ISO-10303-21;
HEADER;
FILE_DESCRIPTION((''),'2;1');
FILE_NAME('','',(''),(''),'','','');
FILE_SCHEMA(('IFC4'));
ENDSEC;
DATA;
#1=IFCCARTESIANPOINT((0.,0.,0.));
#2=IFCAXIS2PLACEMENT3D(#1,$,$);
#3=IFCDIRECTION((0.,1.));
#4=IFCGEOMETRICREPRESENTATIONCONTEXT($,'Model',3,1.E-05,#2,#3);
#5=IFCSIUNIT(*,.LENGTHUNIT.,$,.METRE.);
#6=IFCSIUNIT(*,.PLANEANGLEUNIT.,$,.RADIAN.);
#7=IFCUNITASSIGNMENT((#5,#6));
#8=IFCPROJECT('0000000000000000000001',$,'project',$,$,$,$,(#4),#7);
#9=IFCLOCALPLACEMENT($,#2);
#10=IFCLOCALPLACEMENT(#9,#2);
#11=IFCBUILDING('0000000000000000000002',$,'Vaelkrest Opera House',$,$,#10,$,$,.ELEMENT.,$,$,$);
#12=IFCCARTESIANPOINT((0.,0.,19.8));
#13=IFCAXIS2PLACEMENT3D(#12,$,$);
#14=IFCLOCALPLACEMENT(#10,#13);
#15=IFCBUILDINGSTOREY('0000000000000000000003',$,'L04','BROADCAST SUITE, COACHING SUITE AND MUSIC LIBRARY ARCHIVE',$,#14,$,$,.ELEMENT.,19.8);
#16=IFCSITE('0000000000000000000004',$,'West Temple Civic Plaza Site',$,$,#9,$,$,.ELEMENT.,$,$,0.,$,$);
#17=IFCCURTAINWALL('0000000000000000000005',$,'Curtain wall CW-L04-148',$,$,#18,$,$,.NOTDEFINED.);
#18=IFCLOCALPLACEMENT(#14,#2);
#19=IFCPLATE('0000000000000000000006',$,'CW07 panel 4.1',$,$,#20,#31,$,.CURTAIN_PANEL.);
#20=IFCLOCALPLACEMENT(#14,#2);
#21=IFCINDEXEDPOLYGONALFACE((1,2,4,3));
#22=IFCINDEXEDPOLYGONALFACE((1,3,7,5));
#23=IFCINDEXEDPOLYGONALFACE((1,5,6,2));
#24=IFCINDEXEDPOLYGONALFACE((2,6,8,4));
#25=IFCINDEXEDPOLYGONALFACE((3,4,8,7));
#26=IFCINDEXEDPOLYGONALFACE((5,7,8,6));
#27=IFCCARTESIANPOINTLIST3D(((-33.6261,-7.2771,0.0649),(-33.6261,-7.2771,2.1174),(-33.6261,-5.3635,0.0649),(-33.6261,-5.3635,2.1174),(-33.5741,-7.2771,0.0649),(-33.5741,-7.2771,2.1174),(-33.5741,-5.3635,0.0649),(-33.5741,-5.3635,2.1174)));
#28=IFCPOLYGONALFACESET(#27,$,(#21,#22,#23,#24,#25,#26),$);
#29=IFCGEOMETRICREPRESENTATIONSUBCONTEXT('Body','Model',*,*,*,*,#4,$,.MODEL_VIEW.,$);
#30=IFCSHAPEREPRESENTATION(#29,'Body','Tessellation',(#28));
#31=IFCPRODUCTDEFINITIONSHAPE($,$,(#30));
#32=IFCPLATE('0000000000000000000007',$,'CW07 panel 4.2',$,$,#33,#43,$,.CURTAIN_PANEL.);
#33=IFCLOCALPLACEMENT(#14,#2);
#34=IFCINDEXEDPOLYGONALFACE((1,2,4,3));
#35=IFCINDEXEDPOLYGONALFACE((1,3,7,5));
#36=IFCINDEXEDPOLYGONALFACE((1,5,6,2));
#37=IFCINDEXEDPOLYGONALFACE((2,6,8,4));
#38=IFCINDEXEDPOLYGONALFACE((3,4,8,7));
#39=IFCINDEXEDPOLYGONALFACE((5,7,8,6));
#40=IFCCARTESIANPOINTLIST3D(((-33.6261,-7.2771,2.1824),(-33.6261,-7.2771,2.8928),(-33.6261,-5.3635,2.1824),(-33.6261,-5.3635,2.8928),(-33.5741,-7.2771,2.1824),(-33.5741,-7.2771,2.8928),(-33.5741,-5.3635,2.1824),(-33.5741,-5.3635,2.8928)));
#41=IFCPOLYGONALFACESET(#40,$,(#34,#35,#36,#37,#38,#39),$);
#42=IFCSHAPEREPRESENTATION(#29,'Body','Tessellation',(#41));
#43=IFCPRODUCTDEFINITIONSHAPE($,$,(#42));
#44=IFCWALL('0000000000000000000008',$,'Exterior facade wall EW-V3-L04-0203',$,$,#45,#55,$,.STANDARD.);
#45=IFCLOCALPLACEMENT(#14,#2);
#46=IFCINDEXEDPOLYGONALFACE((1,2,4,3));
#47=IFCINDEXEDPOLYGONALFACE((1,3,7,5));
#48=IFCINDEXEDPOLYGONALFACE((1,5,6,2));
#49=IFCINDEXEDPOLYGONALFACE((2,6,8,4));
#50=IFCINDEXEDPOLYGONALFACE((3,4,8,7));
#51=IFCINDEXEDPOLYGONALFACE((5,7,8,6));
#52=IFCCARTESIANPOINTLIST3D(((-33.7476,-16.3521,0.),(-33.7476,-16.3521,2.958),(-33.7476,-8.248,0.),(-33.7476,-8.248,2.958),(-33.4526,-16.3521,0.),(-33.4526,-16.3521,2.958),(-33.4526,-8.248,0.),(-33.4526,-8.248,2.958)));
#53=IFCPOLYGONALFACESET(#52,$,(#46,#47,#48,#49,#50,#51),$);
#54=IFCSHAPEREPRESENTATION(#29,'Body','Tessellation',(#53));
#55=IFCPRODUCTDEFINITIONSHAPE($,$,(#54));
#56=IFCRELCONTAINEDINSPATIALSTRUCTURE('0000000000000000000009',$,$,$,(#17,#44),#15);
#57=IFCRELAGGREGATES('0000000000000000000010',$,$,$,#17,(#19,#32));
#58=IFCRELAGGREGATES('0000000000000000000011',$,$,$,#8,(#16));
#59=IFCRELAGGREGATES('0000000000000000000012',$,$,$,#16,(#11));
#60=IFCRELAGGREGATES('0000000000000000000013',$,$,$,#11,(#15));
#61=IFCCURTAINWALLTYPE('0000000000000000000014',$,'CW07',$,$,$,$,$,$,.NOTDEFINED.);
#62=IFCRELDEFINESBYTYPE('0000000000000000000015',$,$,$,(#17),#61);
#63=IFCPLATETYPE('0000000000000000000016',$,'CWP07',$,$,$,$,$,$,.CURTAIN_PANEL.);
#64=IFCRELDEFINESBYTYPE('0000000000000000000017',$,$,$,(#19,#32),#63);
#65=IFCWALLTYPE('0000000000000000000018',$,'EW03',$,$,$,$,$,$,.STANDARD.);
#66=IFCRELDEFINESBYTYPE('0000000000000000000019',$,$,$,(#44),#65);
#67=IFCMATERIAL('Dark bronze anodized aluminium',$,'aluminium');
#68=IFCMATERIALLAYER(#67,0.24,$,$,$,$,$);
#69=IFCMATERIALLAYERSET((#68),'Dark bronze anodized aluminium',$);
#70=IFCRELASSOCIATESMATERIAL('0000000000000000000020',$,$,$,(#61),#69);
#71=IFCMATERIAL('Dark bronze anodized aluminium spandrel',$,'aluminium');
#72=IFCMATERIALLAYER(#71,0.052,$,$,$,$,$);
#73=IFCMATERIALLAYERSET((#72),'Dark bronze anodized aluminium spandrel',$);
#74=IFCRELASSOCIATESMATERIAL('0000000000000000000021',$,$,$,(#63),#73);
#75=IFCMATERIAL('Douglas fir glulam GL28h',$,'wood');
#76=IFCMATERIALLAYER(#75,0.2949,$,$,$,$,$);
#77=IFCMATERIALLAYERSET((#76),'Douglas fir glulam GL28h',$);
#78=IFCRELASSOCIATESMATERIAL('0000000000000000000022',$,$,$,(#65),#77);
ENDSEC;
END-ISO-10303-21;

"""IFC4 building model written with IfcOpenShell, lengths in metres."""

from ifc_helpers import new_model, si_unit, direction, frame, frame_2d, origin, origin_2d, place, context, subcontext, project, spatial, rectangle, extrude, material, layer, layer_set, type_object, element, aggregate, save


model = new_model("IFC4")

# Units and contexts
model_context = context("Model", 3, precision=1e-05, world=origin(), true_north=direction((0.0, 1.0)))
body_context = subcontext(model_context, "Body", "Model", "MODEL_VIEW")
ifc_project = project(units=[si_unit("LENGTHUNIT", "METRE"), si_unit("PLANEANGLEUNIT", "RADIAN")], contexts=[model_context])

# Site, building, storey
site_placement = place(None, origin())
site = spatial("IfcSite", under=ifc_project, at=site_placement, Name="West Temple Civic Plaza Site", CompositionType="ELEMENT", RefElevation=0.0)
building_placement = place(site_placement, origin())
building = spatial("IfcBuilding", under=site, at=building_placement, Name="Vaelkrest Opera House", CompositionType="ELEMENT")
storey_placement = place(building_placement, frame((0.0, 0.0, 19.8)))
storey = spatial("IfcBuildingStorey", under=building, at=storey_placement, Name="L04", Description="BROADCAST SUITE, COACHING SUITE AND MUSIC LIBRARY ARCHIVE", CompositionType="ELEMENT", Elevation=19.8)

# Curtain wall
ifc_material_1 = material(Name="Dark bronze anodized aluminium", Category="aluminium")
ifc_layer_1 = layer(ifc_material_1, 0.24)
ifc_layer_set_1 = layer_set([ifc_layer_1], Name="Dark bronze anodized aluminium")
curtain_wall_type_1 = type_object("IfcCurtainWallType", Name="CW07", PredefinedType="NOTDEFINED", material=ifc_layer_set_1)
curtain_wall_1_placement = place(storey_placement, origin())
curtain_wall_1 = element("IfcCurtainWall", 1, at=curtain_wall_1_placement, inside=storey, type_object=curtain_wall_type_1, Name="Curtain wall CW-L04-148", PredefinedType="NOTDEFINED")

# Plates
ifc_material_2 = material(Name="Dark bronze anodized aluminium spandrel", Category="aluminium")
ifc_layer_2 = layer(ifc_material_2, 0.052)
ifc_layer_set_2 = layer_set([ifc_layer_2], Name="Dark bronze anodized aluminium spandrel")
plate_type_1 = type_object("IfcPlateType", Name="CWP07", PredefinedType="CURTAIN_PANEL", material=ifc_layer_set_2)
plate_1_placement = place(storey_placement, frame((-33.6001, -6.3203, 0.0649), z_axis=(0.0, 0.0, 1.0), x_axis=(0.0, -1.0, 0.0)))
plate_1 = element("IfcPlate", 2, at=plate_1_placement, type_object=plate_type_1, Name="CW07 panel 4.1", PredefinedType="CURTAIN_PANEL", context=body_context, shape_type="SweptSolid", body=[
    extrude(rectangle(XDim=1.9136, YDim=0.052, at=origin_2d()), origin(), (0.0, 0.0, 1.0), 2.0525),
])
plate_2_placement = place(storey_placement, frame((-33.6001, -6.3203, 2.1824), z_axis=(0.0, 0.0, 1.0), x_axis=(0.0, -1.0, 0.0)))
plate_2 = element("IfcPlate", 3, at=plate_2_placement, type_object=plate_type_1, Name="CW07 panel 4.2", PredefinedType="CURTAIN_PANEL", context=body_context, shape_type="SweptSolid", body=[
    extrude(rectangle(XDim=1.9136, YDim=0.052, at=origin_2d()), origin(), (0.0, 0.0, 1.0), 0.7104),
])
aggregate(curtain_wall_1, [plate_1, plate_2])

# Wall
ifc_material_3 = material(Name="Douglas fir glulam GL28h", Category="wood")
ifc_layer_3 = layer(ifc_material_3, 0.2949)
ifc_layer_set_3 = layer_set([ifc_layer_3], Name="Douglas fir glulam GL28h")
wall_type = type_object("IfcWallType", Name="EW03", PredefinedType="STANDARD", material=ifc_layer_set_3)
wall_placement = place(storey_placement, frame((-33.6001, -8.248, 0.0), z_axis=(0.0, 0.0, 1.0), x_axis=(0.0, -1.0, 0.0)))
element("IfcWall", 4, at=wall_placement, inside=storey, type_object=wall_type, Name="Exterior facade wall EW-V3-L04-0203", PredefinedType="STANDARD", context=body_context, shape_type="SweptSolid", body=[
    extrude(rectangle(XDim=8.104, YDim=0.2949, at=frame_2d((4.052, 0.0))), origin(), (0.0, 0.0, 1.0), 2.958),
])

save(model, "model.ifc")
